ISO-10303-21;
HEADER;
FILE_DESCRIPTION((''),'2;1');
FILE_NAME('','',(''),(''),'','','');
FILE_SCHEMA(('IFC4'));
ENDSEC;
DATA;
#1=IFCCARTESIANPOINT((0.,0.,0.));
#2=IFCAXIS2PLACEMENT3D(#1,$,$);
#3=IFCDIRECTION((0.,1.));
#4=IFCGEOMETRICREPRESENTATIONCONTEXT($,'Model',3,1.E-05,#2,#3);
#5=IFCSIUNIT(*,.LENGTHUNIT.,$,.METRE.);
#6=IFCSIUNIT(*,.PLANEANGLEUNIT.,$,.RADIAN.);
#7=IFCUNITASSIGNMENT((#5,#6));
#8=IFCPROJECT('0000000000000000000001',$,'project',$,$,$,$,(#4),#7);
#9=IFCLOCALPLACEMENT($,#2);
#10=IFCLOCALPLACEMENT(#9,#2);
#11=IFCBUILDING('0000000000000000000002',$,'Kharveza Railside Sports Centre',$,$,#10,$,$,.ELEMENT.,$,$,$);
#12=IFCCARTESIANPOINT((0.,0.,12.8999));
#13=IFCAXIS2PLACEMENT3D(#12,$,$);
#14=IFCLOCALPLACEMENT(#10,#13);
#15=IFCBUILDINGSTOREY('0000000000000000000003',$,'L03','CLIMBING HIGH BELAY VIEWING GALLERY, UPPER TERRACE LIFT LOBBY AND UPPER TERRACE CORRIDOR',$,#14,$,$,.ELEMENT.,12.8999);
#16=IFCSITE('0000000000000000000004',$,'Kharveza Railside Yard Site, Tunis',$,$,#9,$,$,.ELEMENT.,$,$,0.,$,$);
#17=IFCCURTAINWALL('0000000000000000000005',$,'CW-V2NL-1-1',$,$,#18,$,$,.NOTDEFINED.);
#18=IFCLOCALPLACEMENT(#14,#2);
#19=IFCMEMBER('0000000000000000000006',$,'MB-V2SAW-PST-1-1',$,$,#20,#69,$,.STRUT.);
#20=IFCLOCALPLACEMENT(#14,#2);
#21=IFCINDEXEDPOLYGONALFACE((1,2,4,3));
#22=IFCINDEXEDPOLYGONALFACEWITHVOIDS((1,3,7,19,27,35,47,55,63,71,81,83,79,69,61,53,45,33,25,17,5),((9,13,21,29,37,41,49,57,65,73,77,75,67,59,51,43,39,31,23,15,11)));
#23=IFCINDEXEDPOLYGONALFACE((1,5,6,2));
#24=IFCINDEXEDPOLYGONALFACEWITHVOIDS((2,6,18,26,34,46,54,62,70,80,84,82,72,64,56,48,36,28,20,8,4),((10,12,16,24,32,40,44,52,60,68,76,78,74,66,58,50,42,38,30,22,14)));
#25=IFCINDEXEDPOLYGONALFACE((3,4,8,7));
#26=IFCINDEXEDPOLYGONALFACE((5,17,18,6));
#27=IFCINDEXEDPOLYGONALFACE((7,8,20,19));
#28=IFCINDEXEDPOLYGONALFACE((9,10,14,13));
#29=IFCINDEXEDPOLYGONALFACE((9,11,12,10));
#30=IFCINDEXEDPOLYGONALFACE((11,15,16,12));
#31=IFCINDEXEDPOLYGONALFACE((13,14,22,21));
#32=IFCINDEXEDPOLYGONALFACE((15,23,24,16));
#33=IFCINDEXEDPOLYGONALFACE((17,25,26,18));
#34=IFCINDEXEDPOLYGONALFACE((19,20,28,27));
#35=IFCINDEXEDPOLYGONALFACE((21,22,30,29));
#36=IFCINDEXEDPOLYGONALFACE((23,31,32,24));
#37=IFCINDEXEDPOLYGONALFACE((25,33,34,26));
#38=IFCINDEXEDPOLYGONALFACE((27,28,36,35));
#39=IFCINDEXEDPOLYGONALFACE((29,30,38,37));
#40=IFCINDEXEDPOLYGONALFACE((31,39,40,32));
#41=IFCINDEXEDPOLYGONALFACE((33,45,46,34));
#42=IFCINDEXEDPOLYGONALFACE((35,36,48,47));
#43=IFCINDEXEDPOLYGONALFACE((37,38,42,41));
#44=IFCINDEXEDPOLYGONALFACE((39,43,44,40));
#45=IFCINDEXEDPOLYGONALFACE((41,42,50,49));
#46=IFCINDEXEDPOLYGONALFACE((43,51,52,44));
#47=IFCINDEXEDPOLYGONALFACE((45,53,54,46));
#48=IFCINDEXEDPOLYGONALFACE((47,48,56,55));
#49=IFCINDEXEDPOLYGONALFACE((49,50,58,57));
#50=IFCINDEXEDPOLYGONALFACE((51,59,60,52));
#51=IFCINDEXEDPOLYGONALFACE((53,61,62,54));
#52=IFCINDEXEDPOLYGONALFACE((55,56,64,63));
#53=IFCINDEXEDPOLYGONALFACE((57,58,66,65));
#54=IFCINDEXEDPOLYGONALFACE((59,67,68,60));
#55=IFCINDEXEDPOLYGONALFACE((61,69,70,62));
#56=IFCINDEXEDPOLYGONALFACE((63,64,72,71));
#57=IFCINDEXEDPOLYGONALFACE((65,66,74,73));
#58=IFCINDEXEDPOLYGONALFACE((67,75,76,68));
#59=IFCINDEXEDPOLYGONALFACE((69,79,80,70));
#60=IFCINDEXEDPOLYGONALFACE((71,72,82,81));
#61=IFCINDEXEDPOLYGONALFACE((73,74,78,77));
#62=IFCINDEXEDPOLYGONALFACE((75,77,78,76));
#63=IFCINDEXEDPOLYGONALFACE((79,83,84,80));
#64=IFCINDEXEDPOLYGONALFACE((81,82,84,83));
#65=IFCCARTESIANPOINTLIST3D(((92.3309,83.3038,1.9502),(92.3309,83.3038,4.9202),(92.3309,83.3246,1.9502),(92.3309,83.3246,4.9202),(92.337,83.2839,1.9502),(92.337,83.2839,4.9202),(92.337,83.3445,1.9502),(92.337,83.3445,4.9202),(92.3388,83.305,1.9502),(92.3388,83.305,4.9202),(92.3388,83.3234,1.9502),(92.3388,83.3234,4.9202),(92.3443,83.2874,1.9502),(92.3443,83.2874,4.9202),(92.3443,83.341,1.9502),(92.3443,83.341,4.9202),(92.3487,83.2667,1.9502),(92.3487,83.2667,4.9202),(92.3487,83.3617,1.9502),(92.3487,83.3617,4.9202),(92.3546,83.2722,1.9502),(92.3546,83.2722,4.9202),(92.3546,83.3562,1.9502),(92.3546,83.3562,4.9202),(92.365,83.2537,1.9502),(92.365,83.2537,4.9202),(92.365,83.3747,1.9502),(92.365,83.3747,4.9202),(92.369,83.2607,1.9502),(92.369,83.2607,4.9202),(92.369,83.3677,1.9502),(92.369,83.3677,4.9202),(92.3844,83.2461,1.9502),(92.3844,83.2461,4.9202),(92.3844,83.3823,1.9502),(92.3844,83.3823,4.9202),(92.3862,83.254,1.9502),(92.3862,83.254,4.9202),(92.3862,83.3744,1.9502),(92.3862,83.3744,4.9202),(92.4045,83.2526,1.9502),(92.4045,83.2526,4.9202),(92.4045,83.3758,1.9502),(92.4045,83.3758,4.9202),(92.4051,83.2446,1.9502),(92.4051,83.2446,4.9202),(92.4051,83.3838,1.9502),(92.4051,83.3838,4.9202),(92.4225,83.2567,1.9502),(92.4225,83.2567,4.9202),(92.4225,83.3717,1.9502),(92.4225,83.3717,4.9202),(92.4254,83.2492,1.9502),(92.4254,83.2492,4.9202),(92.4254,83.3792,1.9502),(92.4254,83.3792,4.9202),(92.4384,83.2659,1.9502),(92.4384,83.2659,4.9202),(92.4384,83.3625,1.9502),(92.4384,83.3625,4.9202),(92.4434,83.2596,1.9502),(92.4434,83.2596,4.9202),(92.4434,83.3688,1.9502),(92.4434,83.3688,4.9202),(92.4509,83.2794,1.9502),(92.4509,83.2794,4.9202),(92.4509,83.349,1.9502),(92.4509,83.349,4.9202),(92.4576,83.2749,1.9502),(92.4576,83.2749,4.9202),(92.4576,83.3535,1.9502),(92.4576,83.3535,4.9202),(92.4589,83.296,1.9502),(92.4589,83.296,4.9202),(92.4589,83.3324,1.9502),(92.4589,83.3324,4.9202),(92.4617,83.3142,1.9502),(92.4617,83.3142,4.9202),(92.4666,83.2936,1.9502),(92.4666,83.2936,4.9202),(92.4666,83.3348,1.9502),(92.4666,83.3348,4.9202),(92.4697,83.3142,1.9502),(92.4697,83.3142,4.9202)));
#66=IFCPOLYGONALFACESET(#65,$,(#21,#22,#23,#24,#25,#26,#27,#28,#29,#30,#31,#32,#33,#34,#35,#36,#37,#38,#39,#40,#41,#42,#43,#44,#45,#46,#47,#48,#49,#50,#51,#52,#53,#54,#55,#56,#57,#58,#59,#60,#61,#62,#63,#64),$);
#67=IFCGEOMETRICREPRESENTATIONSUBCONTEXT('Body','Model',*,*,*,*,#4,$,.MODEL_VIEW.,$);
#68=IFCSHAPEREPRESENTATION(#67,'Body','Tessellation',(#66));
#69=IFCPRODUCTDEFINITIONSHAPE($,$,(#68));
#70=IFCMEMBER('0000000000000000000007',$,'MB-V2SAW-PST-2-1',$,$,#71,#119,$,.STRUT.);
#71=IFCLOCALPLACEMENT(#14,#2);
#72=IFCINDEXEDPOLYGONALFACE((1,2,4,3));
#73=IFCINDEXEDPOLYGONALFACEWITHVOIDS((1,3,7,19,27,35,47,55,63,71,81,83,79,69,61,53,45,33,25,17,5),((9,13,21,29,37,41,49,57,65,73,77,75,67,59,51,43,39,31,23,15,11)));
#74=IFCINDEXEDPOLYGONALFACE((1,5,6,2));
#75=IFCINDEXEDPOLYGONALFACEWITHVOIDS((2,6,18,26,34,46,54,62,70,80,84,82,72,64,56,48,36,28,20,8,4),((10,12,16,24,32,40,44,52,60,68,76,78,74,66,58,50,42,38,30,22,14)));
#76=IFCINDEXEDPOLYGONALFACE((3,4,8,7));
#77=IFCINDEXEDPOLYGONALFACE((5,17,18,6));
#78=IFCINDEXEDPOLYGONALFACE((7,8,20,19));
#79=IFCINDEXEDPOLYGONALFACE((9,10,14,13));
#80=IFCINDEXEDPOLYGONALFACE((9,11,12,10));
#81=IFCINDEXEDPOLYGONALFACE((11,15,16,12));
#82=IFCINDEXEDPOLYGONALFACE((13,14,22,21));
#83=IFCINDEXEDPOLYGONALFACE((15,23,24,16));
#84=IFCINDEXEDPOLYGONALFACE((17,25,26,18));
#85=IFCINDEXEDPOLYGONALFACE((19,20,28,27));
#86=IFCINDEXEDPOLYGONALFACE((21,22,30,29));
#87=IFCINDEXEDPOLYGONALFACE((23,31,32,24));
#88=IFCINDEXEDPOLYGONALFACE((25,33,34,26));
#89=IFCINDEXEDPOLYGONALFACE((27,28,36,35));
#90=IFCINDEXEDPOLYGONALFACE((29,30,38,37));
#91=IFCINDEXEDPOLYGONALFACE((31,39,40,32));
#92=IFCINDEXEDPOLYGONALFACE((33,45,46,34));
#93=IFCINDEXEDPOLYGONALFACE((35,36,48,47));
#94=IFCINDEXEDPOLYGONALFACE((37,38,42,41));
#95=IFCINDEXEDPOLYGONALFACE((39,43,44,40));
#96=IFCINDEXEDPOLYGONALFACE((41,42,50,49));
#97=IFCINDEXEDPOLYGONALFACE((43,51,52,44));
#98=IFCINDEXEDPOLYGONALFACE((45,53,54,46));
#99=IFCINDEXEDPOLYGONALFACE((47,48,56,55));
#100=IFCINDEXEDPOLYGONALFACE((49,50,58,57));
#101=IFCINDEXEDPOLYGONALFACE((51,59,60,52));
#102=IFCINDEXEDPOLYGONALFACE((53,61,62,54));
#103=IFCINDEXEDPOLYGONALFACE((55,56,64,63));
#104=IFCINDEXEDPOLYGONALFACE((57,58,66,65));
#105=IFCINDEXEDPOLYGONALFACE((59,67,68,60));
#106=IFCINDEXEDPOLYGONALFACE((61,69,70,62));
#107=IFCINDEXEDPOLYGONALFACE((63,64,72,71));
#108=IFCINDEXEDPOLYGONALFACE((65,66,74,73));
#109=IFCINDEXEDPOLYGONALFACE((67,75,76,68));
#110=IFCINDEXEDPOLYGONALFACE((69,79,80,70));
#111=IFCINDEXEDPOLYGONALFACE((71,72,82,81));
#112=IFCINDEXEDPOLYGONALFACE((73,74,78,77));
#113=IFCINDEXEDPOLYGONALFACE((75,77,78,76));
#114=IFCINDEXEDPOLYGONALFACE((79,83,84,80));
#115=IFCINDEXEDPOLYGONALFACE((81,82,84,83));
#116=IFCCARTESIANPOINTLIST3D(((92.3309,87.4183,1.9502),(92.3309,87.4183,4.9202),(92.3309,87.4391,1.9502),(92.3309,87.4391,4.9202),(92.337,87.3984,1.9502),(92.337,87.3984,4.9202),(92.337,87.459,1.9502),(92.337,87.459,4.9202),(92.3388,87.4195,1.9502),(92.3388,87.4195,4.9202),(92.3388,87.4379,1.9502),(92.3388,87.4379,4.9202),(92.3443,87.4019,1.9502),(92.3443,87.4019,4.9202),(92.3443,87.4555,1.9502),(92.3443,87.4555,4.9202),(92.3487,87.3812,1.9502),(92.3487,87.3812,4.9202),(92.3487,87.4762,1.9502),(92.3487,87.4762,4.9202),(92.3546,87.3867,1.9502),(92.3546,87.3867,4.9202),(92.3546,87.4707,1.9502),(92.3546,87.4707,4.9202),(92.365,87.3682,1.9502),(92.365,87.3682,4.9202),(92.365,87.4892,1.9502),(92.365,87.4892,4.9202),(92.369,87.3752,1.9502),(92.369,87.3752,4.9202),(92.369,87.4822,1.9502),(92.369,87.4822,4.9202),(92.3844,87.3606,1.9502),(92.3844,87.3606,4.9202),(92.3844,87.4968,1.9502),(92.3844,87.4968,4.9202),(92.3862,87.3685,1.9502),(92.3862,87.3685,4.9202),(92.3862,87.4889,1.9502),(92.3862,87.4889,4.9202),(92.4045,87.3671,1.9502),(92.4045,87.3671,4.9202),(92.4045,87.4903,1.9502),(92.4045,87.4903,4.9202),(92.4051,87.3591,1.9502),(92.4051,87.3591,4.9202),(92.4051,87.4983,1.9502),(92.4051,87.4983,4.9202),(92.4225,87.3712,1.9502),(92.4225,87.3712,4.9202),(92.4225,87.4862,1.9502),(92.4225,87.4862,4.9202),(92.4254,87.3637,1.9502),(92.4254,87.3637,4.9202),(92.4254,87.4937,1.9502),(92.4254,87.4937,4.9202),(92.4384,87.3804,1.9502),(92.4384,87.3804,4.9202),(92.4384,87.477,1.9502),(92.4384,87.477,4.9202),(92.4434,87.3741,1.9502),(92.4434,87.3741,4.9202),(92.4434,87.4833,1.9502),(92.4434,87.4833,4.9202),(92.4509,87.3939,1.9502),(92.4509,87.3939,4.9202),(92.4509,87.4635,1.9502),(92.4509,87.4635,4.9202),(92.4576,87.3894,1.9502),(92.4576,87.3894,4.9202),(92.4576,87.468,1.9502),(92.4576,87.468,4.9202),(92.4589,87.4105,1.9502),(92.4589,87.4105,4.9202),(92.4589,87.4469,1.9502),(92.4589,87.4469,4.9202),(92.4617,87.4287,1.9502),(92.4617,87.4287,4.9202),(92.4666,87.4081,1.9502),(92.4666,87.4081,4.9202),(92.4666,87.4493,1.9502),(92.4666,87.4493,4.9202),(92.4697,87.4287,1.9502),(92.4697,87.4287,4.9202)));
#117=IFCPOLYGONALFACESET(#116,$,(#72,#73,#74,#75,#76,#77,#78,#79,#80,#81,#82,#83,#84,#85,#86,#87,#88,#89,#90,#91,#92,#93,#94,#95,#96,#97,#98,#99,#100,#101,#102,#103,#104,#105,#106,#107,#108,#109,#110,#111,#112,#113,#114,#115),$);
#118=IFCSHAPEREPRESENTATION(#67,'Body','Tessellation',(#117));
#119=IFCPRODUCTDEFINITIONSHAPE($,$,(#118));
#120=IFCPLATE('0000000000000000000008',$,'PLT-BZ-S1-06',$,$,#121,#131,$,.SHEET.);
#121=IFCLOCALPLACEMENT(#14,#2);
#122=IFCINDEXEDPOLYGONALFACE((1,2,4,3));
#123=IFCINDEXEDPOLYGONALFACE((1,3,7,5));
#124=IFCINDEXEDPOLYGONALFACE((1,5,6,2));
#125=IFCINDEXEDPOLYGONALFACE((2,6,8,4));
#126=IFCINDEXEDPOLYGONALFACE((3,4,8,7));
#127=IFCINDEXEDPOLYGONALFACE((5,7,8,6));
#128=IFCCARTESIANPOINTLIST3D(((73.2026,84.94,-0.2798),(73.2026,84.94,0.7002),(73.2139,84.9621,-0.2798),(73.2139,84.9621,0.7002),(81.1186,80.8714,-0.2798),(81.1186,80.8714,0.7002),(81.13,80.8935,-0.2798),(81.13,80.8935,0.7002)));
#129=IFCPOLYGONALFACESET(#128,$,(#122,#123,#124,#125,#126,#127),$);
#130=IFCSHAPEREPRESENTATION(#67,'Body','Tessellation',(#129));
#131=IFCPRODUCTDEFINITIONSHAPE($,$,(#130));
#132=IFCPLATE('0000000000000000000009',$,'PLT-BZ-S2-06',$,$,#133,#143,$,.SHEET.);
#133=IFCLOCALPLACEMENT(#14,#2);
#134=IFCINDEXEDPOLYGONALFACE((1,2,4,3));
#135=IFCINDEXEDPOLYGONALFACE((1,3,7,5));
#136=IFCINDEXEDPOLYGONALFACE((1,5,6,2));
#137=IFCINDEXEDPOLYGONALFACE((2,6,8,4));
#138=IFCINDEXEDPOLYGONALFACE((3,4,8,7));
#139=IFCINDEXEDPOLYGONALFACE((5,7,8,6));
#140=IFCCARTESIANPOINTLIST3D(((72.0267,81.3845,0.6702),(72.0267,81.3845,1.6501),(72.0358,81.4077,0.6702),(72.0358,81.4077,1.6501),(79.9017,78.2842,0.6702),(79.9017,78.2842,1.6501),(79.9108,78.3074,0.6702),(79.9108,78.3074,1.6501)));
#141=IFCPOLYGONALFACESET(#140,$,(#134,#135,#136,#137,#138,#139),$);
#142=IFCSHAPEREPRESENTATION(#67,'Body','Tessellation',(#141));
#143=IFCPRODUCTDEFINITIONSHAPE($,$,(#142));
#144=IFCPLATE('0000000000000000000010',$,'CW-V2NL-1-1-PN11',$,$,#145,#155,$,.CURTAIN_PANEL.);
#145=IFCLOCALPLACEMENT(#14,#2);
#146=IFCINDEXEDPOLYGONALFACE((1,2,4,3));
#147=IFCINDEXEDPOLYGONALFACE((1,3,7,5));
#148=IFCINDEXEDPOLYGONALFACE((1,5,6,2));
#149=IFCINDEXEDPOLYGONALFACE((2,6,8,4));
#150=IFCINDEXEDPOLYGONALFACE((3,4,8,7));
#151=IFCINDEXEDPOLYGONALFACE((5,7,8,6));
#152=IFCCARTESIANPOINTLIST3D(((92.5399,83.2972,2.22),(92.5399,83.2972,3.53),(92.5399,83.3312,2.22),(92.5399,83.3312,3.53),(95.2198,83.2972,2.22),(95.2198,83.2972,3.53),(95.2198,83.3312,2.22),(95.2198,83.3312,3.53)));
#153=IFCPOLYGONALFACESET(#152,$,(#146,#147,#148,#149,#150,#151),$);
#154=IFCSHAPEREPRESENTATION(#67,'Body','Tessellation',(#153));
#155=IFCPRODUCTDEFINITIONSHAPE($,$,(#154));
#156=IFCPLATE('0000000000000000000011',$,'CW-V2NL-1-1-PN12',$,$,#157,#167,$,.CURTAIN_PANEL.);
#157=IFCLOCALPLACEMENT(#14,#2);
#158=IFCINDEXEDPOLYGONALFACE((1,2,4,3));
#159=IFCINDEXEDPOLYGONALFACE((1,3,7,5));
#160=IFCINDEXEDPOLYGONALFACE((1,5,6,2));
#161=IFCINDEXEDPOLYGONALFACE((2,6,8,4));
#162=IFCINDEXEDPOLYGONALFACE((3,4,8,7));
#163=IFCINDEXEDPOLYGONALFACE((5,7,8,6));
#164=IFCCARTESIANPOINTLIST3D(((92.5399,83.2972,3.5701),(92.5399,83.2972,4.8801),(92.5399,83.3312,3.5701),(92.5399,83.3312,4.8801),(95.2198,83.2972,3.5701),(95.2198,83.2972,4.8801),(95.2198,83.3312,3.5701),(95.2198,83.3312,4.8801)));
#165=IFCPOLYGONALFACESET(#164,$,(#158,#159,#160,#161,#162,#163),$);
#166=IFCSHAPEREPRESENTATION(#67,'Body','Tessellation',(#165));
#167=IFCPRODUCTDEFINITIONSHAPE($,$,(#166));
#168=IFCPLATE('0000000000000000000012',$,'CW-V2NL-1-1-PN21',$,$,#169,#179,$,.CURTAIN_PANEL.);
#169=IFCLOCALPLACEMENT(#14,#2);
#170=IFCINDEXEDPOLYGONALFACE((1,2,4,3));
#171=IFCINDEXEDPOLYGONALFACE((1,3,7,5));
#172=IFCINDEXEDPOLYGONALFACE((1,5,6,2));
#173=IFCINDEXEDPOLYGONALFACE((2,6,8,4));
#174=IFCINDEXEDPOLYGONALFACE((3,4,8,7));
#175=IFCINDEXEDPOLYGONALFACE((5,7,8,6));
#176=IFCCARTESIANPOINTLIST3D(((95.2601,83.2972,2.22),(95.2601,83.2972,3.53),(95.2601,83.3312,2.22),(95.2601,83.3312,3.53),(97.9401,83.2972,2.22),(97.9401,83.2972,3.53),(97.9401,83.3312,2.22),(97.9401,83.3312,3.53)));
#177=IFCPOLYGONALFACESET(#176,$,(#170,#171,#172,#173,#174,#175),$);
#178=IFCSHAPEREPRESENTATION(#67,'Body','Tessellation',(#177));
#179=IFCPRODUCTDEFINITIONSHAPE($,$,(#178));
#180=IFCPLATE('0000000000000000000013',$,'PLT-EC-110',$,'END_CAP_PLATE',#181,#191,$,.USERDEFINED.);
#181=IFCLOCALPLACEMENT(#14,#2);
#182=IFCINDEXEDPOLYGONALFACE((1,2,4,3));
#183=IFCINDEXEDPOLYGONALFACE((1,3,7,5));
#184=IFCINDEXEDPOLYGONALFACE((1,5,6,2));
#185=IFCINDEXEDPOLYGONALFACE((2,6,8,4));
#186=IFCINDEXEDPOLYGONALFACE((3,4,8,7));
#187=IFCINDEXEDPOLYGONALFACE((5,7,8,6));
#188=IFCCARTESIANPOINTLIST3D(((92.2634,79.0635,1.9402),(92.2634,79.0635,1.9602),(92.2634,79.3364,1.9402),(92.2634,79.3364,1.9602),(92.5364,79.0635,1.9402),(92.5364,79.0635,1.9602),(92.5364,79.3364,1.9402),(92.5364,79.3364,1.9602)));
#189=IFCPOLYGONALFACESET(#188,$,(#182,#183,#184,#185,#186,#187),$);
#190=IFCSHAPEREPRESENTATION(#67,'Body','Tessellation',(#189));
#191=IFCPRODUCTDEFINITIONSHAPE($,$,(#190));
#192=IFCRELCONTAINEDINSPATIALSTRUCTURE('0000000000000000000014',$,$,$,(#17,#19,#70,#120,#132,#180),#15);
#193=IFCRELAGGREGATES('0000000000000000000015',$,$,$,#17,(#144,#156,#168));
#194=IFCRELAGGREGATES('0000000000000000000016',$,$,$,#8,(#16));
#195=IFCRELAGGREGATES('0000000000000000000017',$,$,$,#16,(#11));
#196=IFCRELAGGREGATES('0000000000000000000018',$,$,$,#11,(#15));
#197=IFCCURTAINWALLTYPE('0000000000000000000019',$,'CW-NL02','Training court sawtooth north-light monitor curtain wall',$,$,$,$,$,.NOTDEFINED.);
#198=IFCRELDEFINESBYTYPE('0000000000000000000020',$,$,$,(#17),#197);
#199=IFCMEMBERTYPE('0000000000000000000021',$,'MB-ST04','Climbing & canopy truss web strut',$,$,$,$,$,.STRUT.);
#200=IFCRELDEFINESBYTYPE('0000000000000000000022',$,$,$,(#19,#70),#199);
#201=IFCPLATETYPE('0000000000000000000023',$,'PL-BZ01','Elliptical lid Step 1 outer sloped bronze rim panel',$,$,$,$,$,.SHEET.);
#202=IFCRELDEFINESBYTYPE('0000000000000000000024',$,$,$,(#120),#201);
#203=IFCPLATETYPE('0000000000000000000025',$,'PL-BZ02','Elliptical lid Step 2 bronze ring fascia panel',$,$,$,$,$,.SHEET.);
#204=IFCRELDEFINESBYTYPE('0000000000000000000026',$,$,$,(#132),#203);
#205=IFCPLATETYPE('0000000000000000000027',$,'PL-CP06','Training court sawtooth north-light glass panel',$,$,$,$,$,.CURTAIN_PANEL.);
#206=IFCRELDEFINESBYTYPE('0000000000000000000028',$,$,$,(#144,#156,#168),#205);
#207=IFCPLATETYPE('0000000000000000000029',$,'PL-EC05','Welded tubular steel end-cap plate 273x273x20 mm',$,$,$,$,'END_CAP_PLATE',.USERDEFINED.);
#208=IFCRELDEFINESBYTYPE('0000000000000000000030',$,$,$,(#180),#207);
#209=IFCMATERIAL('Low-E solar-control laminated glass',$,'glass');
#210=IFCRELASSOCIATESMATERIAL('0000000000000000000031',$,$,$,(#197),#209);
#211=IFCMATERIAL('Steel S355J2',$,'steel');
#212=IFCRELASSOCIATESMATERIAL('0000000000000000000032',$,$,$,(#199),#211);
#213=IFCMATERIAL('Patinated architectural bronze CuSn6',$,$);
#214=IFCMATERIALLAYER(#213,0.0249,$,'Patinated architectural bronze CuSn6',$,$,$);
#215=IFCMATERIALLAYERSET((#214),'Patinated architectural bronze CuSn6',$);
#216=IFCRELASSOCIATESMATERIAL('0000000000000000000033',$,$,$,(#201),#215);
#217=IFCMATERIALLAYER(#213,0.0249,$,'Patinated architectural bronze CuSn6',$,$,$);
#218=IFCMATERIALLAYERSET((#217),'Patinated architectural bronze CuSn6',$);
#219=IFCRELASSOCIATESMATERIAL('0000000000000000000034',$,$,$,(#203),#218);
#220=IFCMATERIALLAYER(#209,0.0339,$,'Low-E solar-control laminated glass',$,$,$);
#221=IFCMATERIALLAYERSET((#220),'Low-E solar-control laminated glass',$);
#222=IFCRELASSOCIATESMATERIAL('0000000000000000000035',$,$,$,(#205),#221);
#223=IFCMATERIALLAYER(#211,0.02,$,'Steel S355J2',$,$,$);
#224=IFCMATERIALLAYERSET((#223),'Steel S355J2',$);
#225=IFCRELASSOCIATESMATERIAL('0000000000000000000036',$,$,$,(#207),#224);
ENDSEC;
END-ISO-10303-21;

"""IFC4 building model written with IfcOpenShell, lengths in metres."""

from ifc_helpers import new_model, si_unit, direction, frame, origin, origin_2d, place, context, subcontext, project, spatial, rectangle, hollow_circle, extrude, material, layer, layer_set, material_profile, profile_set, type_object, element, aggregate, save


model = new_model("IFC4")

# Units and contexts
model_context = context("Model", 3, precision=1e-05, world=origin(), true_north=direction((0.0, 1.0)))
body_context = subcontext(model_context, "Body", "Model", "MODEL_VIEW")
ifc_project = project(units=[si_unit("LENGTHUNIT", "METRE"), si_unit("PLANEANGLEUNIT", "RADIAN")], contexts=[model_context])

# Site, building, storey
site_placement = place(None, origin())
site = spatial("IfcSite", under=ifc_project, at=site_placement, Name="Kharveza Railside Yard Site, Tunis", CompositionType="ELEMENT", RefElevation=0.0)
building_placement = place(site_placement, origin())
building = spatial("IfcBuilding", under=site, at=building_placement, Name="Kharveza Railside Sports Centre", CompositionType="ELEMENT")
storey_placement = place(building_placement, frame((0.0, 0.0, 12.8999)))
storey = spatial("IfcBuildingStorey", under=building, at=storey_placement, Name="L03", Description="CLIMBING HIGH BELAY VIEWING GALLERY, UPPER TERRACE LIFT LOBBY AND UPPER TERRACE CORRIDOR", CompositionType="ELEMENT", Elevation=12.8999)

# Shared definitions
ifc_material_1 = material(Name="Steel S355J2", Category="steel")

# Curtain wall
ifc_material_2 = material(Name="Low-E solar-control laminated glass", Category="glass")
curtain_wall_type = type_object("IfcCurtainWallType", Name="CW-NL02", Description="Training court sawtooth north-light monitor curtain wall", PredefinedType="NOTDEFINED", material=ifc_material_2)
curtain_wall_placement = place(storey_placement, origin())
curtain_wall = element("IfcCurtainWall", 1, at=curtain_wall_placement, inside=storey, type_object=curtain_wall_type, Name="CW-V2NL-1-1", PredefinedType="NOTDEFINED")

# Members
ifc_material_profile_1 = material_profile(ifc_material_1, hollow_circle(Radius=0.0698, WallThickness=0.0081, at=origin_2d()), Name="CHS 139.7x8.0")
ifc_profile_set_1 = profile_set([ifc_material_profile_1], Name="Steel S355J2")
member_type_1 = type_object("IfcMemberType", Name="MB-ST04", Description="Climbing & canopy truss web strut", PredefinedType="STRUT", material=ifc_profile_set_1)
for number, where, z_axis, x_axis, name in (
    (2, (92.3999, 83.3142, 1.9502), (0.0, 0.0, 1.0), (1.0, 0.0, 0.0), "MB-V2SAW-PST-1-1"),
    (3, (92.3999, 87.4287, 1.9502), (0.0, 0.0, 1.0), (1.0, 0.0, 0.0), "MB-V2SAW-PST-2-1"),
):
    element("IfcMember", number, at=place(storey_placement, frame(where, z_axis=z_axis, x_axis=x_axis)), inside=storey, type_object=member_type_1, Name=name, PredefinedType="STRUT", context=body_context, shape_type="SweptSolid", body=[
        extrude(hollow_circle(Radius=0.0698, WallThickness=0.0081, at=origin_2d()), origin(), (0.0, 0.0, 1.0), 2.97),
    ])

# Plates
ifc_material_3 = material(Name="Patinated architectural bronze CuSn6")
ifc_layer_1 = layer(ifc_material_3, 0.0249, Name="Patinated architectural bronze CuSn6")
ifc_layer_set_1 = layer_set([ifc_layer_1], Name="Patinated architectural bronze CuSn6")
plate_type_1 = type_object("IfcPlateType", Name="PL-BZ01", Description="Elliptical lid Step 1 outer sloped bronze rim panel", PredefinedType="SHEET", material=ifc_layer_set_1)
plate_1_placement = place(storey_placement, frame((77.1663, 82.9167, -0.2798), z_axis=(0.0, 0.0, 1.0), x_axis=(-0.8894, 0.457129, 0.0)))
element("IfcPlate", 4, at=plate_1_placement, inside=storey, type_object=plate_type_1, Name="PLT-BZ-S1-06", PredefinedType="SHEET", context=body_context, shape_type="SweptSolid", body=[
    extrude(rectangle(XDim=8.9004, YDim=0.0249, at=origin_2d()), origin(), (0.0, 0.0, 1.0), 0.98),
])
ifc_layer_2 = layer(ifc_material_3, 0.0249, Name="Patinated architectural bronze CuSn6")
ifc_layer_set_2 = layer_set([ifc_layer_2], Name="Patinated architectural bronze CuSn6")
plate_type_2 = type_object("IfcPlateType", Name="PL-BZ02", Description="Elliptical lid Step 2 bronze ring fascia panel", PredefinedType="SHEET", material=ifc_layer_set_2)
plate_2_placement = place(storey_placement, frame((75.9688, 79.8459, 0.6702), z_axis=(0.0, 0.0, 1.0), x_axis=(-0.930488, 0.366323, 0.0)))
element("IfcPlate", 5, at=plate_2_placement, inside=storey, type_object=plate_type_2, Name="PLT-BZ-S2-06", PredefinedType="SHEET", context=body_context, shape_type="SweptSolid", body=[
    extrude(rectangle(XDim=8.4634, YDim=0.0249, at=origin_2d()), origin(), (0.0, 0.0, 1.0), 0.98),
])

# Plates
ifc_layer_3 = layer(ifc_material_2, 0.0339, Name="Low-E solar-control laminated glass")
ifc_layer_set_3 = layer_set([ifc_layer_3], Name="Low-E solar-control laminated glass")
plate_type_3 = type_object("IfcPlateType", Name="PL-CP06", Description="Training court sawtooth north-light glass panel", PredefinedType="CURTAIN_PANEL", material=ifc_layer_set_3)
plate_3_placement = place(storey_placement, frame((93.8799, 83.3142, 2.22), z_axis=(0.0, 0.0, 1.0), x_axis=(1.0, 0.0, 0.0)))
plate_3 = element("IfcPlate", 6, at=plate_3_placement, type_object=plate_type_3, Name="CW-V2NL-1-1-PN11", PredefinedType="CURTAIN_PANEL", context=body_context, shape_type="SweptSolid", body=[
    extrude(rectangle(XDim=2.6799, YDim=0.0339, at=origin_2d()), origin(), (0.0, 0.0, 1.0), 1.3101),
])
plate_4_placement = place(storey_placement, frame((93.8799, 83.3142, 3.5701), z_axis=(0.0, 0.0, 1.0), x_axis=(1.0, 0.0, 0.0)))
plate_4 = element("IfcPlate", 7, at=plate_4_placement, type_object=plate_type_3, Name="CW-V2NL-1-1-PN12", PredefinedType="CURTAIN_PANEL", context=body_context, shape_type="SweptSolid", body=[
    extrude(rectangle(XDim=2.6799, YDim=0.0339, at=origin_2d()), origin(), (0.0, 0.0, 1.0), 1.3101),
])
plate_5_placement = place(storey_placement, frame((96.6001, 83.3142, 2.22), z_axis=(0.0, 0.0, 1.0), x_axis=(1.0, 0.0, 0.0)))
plate_5 = element("IfcPlate", 8, at=plate_5_placement, type_object=plate_type_3, Name="CW-V2NL-1-1-PN21", PredefinedType="CURTAIN_PANEL", context=body_context, shape_type="SweptSolid", body=[
    extrude(rectangle(XDim=2.6799, YDim=0.0339, at=origin_2d()), origin(), (0.0, 0.0, 1.0), 1.3101),
])
aggregate(curtain_wall, [plate_3, plate_4, plate_5])

# Plate
ifc_layer_4 = layer(ifc_material_1, 0.02, Name="Steel S355J2")
ifc_layer_set_4 = layer_set([ifc_layer_4], Name="Steel S355J2")
plate_type_4 = type_object("IfcPlateType", Name="PL-EC05", Description="Welded tubular steel end-cap plate 273x273x20 mm", ElementType="END_CAP_PLATE", PredefinedType="USERDEFINED", material=ifc_layer_set_4)
for number, where, z_axis, x_axis, name in (
    (9, (92.3999, 79.2, 1.9402), (0.0, 0.0, 1.0), (1.0, 0.0, 0.0), "PLT-EC-110"),
):
    element("IfcPlate", number, at=place(storey_placement, frame(where, z_axis=z_axis, x_axis=x_axis)), inside=storey, type_object=plate_type_4, Name=name, ObjectType="END_CAP_PLATE", PredefinedType="USERDEFINED", context=body_context, shape_type="SweptSolid", body=[
        extrude(rectangle(XDim=0.2729, YDim=0.2729, at=origin_2d()), origin(), (0.0, 0.0, 1.0), 0.02),
    ])

save(model, "model.ifc")
